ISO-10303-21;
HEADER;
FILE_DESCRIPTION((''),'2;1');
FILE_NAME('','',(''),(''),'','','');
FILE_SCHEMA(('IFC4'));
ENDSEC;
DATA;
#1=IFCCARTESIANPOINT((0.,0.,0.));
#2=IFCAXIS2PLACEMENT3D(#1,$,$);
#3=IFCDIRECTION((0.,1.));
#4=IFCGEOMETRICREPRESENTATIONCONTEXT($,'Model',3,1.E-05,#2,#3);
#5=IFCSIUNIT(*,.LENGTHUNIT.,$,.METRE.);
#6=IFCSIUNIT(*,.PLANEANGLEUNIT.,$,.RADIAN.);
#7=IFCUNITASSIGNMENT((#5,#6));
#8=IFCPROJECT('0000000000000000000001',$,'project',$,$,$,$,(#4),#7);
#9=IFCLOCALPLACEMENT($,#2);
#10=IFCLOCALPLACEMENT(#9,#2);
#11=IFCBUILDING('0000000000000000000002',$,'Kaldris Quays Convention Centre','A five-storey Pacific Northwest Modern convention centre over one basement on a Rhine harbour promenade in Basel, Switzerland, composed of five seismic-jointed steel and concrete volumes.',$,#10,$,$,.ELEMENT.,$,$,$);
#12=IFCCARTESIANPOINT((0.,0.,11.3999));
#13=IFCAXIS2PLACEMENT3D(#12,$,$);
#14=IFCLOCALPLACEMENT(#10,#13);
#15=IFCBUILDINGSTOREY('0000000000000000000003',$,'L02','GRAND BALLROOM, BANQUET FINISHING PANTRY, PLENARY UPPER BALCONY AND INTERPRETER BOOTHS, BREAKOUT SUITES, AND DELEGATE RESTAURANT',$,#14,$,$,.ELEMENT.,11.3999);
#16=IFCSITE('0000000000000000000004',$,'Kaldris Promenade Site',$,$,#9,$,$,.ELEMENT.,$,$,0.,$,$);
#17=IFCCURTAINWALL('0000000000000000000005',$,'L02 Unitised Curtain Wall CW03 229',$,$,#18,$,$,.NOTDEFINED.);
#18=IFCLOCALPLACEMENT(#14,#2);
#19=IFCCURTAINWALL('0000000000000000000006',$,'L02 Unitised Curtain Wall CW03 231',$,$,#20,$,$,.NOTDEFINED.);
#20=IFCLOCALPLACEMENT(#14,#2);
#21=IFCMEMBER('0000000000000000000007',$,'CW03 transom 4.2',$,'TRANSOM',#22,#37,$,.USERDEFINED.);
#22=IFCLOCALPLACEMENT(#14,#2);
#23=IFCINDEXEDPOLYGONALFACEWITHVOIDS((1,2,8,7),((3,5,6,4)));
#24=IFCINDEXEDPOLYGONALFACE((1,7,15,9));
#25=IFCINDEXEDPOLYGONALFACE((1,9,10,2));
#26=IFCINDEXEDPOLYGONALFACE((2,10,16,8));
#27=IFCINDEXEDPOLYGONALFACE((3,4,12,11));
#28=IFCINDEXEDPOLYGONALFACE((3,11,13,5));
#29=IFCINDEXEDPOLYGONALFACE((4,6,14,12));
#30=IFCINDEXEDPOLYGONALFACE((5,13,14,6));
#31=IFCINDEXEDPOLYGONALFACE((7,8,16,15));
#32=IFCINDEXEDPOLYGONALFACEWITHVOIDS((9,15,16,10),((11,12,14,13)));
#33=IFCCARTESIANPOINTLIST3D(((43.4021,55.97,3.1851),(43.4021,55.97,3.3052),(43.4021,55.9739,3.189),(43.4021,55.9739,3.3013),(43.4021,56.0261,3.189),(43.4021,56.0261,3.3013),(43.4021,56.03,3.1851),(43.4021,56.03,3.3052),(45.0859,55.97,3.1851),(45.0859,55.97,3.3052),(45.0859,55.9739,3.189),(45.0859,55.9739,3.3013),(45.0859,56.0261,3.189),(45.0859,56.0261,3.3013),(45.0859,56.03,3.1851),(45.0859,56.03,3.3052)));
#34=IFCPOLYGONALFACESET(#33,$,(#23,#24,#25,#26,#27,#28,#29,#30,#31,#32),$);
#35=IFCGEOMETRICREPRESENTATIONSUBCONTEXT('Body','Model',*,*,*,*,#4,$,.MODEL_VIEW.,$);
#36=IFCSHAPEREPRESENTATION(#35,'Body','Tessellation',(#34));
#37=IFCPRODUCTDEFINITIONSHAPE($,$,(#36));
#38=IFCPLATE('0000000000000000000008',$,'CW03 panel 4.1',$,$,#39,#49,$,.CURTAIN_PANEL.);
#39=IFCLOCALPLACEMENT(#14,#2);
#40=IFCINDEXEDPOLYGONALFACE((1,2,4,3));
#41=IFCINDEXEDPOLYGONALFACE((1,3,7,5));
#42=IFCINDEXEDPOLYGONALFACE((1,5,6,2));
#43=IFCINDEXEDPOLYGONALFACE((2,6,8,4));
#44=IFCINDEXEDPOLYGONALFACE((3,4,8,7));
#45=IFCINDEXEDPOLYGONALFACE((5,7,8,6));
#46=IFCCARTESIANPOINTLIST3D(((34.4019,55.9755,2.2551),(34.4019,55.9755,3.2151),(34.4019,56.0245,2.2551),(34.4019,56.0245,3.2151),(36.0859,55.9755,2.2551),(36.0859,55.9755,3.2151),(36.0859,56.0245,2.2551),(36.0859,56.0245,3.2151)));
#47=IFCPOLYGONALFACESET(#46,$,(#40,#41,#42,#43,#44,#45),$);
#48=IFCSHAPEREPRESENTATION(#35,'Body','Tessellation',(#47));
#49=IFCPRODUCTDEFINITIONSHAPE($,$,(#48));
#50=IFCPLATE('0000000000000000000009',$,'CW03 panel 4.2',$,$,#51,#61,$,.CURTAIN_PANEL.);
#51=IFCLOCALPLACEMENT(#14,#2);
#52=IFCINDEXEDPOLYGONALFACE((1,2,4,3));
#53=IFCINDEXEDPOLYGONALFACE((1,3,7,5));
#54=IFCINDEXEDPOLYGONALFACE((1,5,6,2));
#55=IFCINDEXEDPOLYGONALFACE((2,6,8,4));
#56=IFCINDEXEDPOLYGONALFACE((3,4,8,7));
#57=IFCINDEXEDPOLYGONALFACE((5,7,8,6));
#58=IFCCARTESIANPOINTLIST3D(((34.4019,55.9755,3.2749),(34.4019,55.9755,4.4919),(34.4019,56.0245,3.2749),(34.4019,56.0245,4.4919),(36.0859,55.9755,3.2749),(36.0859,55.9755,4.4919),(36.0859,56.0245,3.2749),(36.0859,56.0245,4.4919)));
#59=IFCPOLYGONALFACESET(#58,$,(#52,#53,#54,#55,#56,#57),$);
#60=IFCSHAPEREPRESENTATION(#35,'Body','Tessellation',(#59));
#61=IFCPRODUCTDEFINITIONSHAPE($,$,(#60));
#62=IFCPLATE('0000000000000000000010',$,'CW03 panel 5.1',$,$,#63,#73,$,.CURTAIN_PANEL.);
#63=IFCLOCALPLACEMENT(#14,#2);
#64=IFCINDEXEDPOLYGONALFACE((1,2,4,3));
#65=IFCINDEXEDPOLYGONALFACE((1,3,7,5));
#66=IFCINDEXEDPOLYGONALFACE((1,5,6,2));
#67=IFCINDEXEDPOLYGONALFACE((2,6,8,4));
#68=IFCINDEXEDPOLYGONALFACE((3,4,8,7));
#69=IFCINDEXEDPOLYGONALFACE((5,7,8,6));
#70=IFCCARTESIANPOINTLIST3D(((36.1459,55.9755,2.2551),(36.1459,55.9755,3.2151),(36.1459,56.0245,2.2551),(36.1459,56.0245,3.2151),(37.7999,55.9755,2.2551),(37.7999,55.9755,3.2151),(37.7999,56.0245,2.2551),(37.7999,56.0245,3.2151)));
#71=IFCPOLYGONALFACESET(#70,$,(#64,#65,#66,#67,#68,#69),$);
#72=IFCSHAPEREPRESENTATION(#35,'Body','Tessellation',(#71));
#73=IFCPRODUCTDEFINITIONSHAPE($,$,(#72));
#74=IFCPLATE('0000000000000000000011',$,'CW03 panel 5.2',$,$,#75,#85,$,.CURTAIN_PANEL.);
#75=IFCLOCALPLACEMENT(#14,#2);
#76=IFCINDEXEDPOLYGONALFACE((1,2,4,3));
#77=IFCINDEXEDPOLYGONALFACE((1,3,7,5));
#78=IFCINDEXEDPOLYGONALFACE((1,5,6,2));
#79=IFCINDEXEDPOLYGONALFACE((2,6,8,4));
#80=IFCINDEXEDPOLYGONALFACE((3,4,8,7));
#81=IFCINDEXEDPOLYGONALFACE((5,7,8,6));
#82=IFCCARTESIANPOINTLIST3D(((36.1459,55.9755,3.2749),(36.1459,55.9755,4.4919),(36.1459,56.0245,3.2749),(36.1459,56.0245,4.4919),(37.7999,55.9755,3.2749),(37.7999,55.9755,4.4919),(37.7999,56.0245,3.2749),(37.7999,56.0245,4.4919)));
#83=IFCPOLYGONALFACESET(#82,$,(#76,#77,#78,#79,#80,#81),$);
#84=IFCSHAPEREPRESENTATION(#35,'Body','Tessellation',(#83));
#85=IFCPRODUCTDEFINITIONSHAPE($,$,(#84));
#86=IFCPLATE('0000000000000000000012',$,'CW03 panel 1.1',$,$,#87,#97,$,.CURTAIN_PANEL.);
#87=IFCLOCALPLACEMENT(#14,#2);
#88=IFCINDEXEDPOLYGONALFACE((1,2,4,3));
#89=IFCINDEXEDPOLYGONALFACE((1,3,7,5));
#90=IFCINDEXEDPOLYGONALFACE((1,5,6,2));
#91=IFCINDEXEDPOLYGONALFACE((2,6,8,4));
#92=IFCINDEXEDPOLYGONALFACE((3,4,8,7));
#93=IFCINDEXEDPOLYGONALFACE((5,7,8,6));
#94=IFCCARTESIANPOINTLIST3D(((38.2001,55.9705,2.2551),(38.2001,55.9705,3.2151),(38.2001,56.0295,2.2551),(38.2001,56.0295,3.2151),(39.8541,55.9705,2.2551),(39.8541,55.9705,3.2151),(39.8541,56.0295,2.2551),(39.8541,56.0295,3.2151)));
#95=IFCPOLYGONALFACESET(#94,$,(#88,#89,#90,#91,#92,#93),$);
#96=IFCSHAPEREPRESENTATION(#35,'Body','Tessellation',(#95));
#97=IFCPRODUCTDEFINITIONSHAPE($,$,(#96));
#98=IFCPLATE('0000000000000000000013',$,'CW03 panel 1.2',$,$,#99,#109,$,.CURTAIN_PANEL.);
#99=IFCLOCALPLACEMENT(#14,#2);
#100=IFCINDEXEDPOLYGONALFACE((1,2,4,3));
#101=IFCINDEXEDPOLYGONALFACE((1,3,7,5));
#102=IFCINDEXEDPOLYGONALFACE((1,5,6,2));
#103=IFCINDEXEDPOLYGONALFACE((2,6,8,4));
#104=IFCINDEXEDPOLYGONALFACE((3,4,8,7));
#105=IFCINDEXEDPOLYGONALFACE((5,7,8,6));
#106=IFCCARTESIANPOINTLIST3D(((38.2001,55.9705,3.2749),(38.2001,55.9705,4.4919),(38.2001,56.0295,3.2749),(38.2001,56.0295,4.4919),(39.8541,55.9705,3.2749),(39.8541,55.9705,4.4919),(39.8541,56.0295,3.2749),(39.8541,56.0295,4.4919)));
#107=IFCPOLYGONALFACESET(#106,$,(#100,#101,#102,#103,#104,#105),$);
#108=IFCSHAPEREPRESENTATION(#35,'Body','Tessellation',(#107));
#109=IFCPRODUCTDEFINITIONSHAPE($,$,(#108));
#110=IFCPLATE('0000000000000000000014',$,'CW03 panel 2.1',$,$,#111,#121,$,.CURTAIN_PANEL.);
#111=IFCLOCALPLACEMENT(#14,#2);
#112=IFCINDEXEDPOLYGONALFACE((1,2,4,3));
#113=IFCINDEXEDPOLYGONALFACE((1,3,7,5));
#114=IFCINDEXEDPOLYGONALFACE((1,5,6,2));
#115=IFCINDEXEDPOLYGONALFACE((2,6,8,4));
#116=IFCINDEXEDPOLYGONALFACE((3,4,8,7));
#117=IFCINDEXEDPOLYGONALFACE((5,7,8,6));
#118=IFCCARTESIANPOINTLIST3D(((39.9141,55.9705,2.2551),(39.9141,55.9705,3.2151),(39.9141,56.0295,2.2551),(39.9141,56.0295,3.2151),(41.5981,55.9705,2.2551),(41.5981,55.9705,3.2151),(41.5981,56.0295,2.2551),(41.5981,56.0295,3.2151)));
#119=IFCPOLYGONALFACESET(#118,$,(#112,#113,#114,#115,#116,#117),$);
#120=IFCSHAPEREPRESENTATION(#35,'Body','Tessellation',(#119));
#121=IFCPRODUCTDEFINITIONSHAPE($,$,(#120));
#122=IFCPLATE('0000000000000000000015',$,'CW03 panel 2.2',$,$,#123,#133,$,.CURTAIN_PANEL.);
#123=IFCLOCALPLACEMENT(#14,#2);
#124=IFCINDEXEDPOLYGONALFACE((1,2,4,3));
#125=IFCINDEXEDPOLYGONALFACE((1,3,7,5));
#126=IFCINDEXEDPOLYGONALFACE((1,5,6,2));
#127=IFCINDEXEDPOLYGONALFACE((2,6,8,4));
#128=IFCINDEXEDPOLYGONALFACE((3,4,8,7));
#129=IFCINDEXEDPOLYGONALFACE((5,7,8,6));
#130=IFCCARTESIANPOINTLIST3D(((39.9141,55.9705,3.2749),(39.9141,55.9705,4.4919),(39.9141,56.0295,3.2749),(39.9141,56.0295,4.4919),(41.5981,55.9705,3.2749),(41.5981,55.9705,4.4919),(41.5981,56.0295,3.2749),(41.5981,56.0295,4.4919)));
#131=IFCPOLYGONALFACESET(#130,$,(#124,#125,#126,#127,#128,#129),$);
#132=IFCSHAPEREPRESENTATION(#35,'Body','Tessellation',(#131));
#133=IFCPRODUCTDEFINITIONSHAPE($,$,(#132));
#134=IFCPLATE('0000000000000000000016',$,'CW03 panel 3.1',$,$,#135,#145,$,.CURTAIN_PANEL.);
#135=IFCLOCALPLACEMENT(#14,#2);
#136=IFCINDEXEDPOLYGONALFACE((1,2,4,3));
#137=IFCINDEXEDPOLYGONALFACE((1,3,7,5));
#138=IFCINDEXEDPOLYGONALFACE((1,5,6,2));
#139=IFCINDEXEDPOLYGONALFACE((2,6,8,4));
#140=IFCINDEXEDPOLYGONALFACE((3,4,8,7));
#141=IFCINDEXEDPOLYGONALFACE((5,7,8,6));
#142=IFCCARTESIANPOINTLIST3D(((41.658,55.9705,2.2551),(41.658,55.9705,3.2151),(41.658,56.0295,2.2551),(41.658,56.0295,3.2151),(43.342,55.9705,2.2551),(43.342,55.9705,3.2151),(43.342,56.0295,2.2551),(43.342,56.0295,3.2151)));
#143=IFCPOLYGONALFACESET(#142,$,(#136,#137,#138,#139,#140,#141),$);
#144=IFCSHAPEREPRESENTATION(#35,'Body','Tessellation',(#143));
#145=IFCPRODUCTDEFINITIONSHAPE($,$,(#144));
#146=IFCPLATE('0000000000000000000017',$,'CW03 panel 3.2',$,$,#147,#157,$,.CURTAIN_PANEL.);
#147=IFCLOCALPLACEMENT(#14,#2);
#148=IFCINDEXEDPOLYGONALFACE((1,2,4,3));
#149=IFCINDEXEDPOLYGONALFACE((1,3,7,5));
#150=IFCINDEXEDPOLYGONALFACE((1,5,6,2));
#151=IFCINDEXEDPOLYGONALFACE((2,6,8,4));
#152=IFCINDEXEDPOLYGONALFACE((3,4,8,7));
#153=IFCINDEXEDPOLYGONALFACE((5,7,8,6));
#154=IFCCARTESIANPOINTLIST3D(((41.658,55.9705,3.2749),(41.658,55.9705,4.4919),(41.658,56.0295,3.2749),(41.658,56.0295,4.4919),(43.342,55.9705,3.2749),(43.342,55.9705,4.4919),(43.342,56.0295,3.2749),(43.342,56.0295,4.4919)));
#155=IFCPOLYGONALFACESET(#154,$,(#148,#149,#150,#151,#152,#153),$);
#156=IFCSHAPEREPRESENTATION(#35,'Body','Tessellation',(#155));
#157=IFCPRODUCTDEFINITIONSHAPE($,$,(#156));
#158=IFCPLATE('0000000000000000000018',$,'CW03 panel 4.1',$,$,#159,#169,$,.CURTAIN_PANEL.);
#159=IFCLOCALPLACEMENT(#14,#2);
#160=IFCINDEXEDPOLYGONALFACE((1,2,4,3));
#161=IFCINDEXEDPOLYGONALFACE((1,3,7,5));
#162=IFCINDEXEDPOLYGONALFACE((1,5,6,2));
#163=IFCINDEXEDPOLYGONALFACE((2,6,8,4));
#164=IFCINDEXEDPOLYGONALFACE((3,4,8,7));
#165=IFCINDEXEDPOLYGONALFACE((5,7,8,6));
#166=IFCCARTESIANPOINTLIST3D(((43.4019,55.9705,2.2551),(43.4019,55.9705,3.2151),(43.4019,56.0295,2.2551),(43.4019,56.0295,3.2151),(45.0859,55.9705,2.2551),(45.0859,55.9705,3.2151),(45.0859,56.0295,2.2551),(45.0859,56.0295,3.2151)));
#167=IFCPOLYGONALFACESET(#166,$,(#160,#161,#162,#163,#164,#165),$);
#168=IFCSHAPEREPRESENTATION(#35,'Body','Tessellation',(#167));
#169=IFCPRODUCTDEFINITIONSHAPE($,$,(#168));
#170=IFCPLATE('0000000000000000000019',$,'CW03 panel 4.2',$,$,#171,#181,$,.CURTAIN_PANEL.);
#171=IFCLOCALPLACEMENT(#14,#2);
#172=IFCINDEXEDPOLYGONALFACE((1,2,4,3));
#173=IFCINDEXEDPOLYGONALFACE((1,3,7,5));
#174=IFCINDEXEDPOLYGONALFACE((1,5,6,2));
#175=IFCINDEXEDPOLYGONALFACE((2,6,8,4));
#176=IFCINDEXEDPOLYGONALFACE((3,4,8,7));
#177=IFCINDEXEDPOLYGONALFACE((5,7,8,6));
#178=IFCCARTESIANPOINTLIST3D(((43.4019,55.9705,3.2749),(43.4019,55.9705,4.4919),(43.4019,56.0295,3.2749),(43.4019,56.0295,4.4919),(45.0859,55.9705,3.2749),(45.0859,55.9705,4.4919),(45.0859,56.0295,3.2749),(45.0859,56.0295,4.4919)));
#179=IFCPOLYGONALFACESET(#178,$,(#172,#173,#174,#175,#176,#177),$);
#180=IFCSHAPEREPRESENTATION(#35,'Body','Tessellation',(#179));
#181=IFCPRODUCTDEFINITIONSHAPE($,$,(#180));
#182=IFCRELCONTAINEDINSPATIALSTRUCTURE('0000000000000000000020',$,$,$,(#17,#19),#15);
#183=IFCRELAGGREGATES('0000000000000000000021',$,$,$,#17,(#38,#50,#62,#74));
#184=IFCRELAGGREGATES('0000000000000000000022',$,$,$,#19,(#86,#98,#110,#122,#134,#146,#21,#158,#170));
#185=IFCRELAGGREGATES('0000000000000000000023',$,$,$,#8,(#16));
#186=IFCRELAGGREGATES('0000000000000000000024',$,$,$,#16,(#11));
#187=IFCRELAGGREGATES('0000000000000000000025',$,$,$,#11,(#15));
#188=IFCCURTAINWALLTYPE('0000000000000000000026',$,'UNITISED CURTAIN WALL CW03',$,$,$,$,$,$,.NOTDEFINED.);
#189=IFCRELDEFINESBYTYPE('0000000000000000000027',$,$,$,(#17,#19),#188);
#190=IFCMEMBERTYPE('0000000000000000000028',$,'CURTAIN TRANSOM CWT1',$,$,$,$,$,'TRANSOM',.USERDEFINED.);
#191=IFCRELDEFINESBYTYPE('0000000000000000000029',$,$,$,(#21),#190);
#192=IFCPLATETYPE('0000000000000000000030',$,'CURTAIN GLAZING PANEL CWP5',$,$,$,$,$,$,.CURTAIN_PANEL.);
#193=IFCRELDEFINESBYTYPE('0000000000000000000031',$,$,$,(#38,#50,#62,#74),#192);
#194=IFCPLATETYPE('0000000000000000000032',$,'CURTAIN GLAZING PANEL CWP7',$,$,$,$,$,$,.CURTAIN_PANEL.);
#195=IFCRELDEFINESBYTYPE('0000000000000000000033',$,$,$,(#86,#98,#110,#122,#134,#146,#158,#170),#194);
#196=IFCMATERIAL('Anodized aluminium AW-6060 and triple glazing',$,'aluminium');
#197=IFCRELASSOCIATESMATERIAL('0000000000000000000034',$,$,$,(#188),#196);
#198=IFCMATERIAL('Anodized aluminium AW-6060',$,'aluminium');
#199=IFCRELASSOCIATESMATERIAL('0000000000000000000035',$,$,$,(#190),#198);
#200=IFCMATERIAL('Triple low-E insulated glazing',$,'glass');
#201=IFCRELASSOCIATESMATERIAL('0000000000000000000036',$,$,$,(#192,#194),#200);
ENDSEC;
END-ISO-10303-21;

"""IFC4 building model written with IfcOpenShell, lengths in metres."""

from ifc_helpers import new_model, si_unit, direction, frame, origin, origin_2d, place, context, subcontext, project, spatial, rectangle, hollow_rectangle, extrude, material, material_profile, profile_set, type_object, element, aggregate, save


model = new_model("IFC4")

# Units and contexts
model_context = context("Model", 3, precision=1e-05, world=origin(), true_north=direction((0.0, 1.0)))
body_context = subcontext(model_context, "Body", "Model", "MODEL_VIEW")
ifc_project = project(units=[si_unit("LENGTHUNIT", "METRE"), si_unit("PLANEANGLEUNIT", "RADIAN")], contexts=[model_context])

# Site, building, storey
site_placement = place(None, origin())
site = spatial("IfcSite", under=ifc_project, at=site_placement, Name="Kaldris Promenade Site", CompositionType="ELEMENT", RefElevation=0.0)
building_placement = place(site_placement, origin())
building = spatial("IfcBuilding", under=site, at=building_placement, Name="Kaldris Quays Convention Centre", Description="A five-storey Pacific Northwest Modern convention centre over one basement on a Rhine harbour promenade in Basel, Switzerland, composed of five seismic-jointed steel and concrete volumes.", CompositionType="ELEMENT")
storey_placement = place(building_placement, frame((0.0, 0.0, 11.3999)))
storey = spatial("IfcBuildingStorey", under=building, at=storey_placement, Name="L02", Description="GRAND BALLROOM, BANQUET FINISHING PANTRY, PLENARY UPPER BALCONY AND INTERPRETER BOOTHS, BREAKOUT SUITES, AND DELEGATE RESTAURANT", CompositionType="ELEMENT", Elevation=11.3999)

# Curtain walls
ifc_material_1 = material(Name="Anodized aluminium AW-6060 and triple glazing", Category="aluminium")
curtain_wall_type = type_object("IfcCurtainWallType", Name="UNITISED CURTAIN WALL CW03", PredefinedType="NOTDEFINED", material=ifc_material_1)
curtain_wall_1_placement = place(storey_placement, origin())
curtain_wall_1 = element("IfcCurtainWall", 1, at=curtain_wall_1_placement, inside=storey, type_object=curtain_wall_type, Name="L02 Unitised Curtain Wall CW03 229", PredefinedType="NOTDEFINED")
ifc_material_2 = material(Name="Anodized aluminium AW-6060", Category="aluminium")
curtain_wall_2_placement = place(storey_placement, origin())
curtain_wall_2 = element("IfcCurtainWall", 2, at=curtain_wall_2_placement, inside=storey, type_object=curtain_wall_type, Name="L02 Unitised Curtain Wall CW03 231", PredefinedType="NOTDEFINED")

# Member
ifc_material_profile_1 = material_profile(ifc_material_2, hollow_rectangle(XDim=0.0601, YDim=0.1201, WallThickness=0.0039, at=origin_2d()), Name="RHS 120x60x4")
ifc_profile_set_1 = profile_set([ifc_material_profile_1], Name="Anodized aluminium AW-6060")
member_type_1 = type_object("IfcMemberType", Name="CURTAIN TRANSOM CWT1", ElementType="TRANSOM", PredefinedType="USERDEFINED", material=ifc_profile_set_1)
member_1_placement = place(storey_placement, frame((43.4021, 56.0, 3.2451), z_axis=(1.0, 0.0, 0.0), x_axis=(0.0, 1.0, 0.0)))
member_1 = element("IfcMember", 3, at=member_1_placement, type_object=member_type_1, Name="CW03 transom 4.2", ObjectType="TRANSOM", PredefinedType="USERDEFINED", context=body_context, shape_type="SweptSolid", body=[
    extrude(hollow_rectangle(XDim=0.0601, YDim=0.1201, WallThickness=0.0039, at=origin_2d()), origin(), (0.0, 0.0, 1.0), 1.6838),
])

# Plates
ifc_material_3 = material(Name="Triple low-E insulated glazing", Category="glass")
plate_type_1 = type_object("IfcPlateType", Name="CURTAIN GLAZING PANEL CWP5", PredefinedType="CURTAIN_PANEL", material=ifc_material_3)
plate_1_placement = place(storey_placement, frame((35.2439, 56.0, 2.2551), z_axis=(0.0, 0.0, 1.0), x_axis=(1.0, 0.0, 0.0)))
plate_1 = element("IfcPlate", 4, at=plate_1_placement, type_object=plate_type_1, Name="CW03 panel 4.1", PredefinedType="CURTAIN_PANEL", context=body_context, shape_type="SweptSolid", body=[
    extrude(rectangle(XDim=1.6841, YDim=0.0491, at=origin_2d()), origin(), (0.0, 0.0, 1.0), 0.96),
])
plate_2_placement = place(storey_placement, frame((35.2439, 56.0, 3.2749), z_axis=(0.0, 0.0, 1.0), x_axis=(1.0, 0.0, 0.0)))
plate_2 = element("IfcPlate", 5, at=plate_2_placement, type_object=plate_type_1, Name="CW03 panel 4.2", PredefinedType="CURTAIN_PANEL", context=body_context, shape_type="SweptSolid", body=[
    extrude(rectangle(XDim=1.6841, YDim=0.0491, at=origin_2d()), origin(), (0.0, 0.0, 1.0), 1.217),
])
plate_3_placement = place(storey_placement, frame((36.9729, 56.0, 2.2551), z_axis=(0.0, 0.0, 1.0), x_axis=(1.0, 0.0, 0.0)))
plate_3 = element("IfcPlate", 6, at=plate_3_placement, type_object=plate_type_1, Name="CW03 panel 5.1", PredefinedType="CURTAIN_PANEL", context=body_context, shape_type="SweptSolid", body=[
    extrude(rectangle(XDim=1.6541, YDim=0.0491, at=origin_2d()), origin(), (0.0, 0.0, 1.0), 0.96),
])
plate_4_placement = place(storey_placement, frame((36.9729, 56.0, 3.2749), z_axis=(0.0, 0.0, 1.0), x_axis=(1.0, 0.0, 0.0)))
plate_4 = element("IfcPlate", 7, at=plate_4_placement, type_object=plate_type_1, Name="CW03 panel 5.2", PredefinedType="CURTAIN_PANEL", context=body_context, shape_type="SweptSolid", body=[
    extrude(rectangle(XDim=1.6541, YDim=0.0491, at=origin_2d()), origin(), (0.0, 0.0, 1.0), 1.217),
])
aggregate(curtain_wall_1, [plate_1, plate_2, plate_3, plate_4])
plate_type_2 = type_object("IfcPlateType", Name="CURTAIN GLAZING PANEL CWP7", PredefinedType="CURTAIN_PANEL", material=ifc_material_3)
plate_5_placement = place(storey_placement, frame((39.0271, 56.0, 2.2551), z_axis=(0.0, 0.0, 1.0), x_axis=(1.0, 0.0, 0.0)))
plate_5 = element("IfcPlate", 8, at=plate_5_placement, type_object=plate_type_2, Name="CW03 panel 1.1", PredefinedType="CURTAIN_PANEL", context=body_context, shape_type="SweptSolid", body=[
    extrude(rectangle(XDim=1.6541, YDim=0.0591, at=origin_2d()), origin(), (0.0, 0.0, 1.0), 0.96),
])
plate_6_placement = place(storey_placement, frame((39.0271, 56.0, 3.2749), z_axis=(0.0, 0.0, 1.0), x_axis=(1.0, 0.0, 0.0)))
plate_6 = element("IfcPlate", 9, at=plate_6_placement, type_object=plate_type_2, Name="CW03 panel 1.2", PredefinedType="CURTAIN_PANEL", context=body_context, shape_type="SweptSolid", body=[
    extrude(rectangle(XDim=1.6541, YDim=0.0591, at=origin_2d()), origin(), (0.0, 0.0, 1.0), 1.217),
])
plate_7_placement = place(storey_placement, frame((40.7561, 56.0, 2.2551), z_axis=(0.0, 0.0, 1.0), x_axis=(1.0, 0.0, 0.0)))
plate_7 = element("IfcPlate", 10, at=plate_7_placement, type_object=plate_type_2, Name="CW03 panel 2.1", PredefinedType="CURTAIN_PANEL", context=body_context, shape_type="SweptSolid", body=[
    extrude(rectangle(XDim=1.6841, YDim=0.0591, at=origin_2d()), origin(), (0.0, 0.0, 1.0), 0.96),
])
plate_8_placement = place(storey_placement, frame((40.7561, 56.0, 3.2749), z_axis=(0.0, 0.0, 1.0), x_axis=(1.0, 0.0, 0.0)))
plate_8 = element("IfcPlate", 11, at=plate_8_placement, type_object=plate_type_2, Name="CW03 panel 2.2", PredefinedType="CURTAIN_PANEL", context=body_context, shape_type="SweptSolid", body=[
    extrude(rectangle(XDim=1.6841, YDim=0.0591, at=origin_2d()), origin(), (0.0, 0.0, 1.0), 1.217),
])
plate_9_placement = place(storey_placement, frame((42.5, 56.0, 2.2551), z_axis=(0.0, 0.0, 1.0), x_axis=(1.0, 0.0, 0.0)))
plate_9 = element("IfcPlate", 12, at=plate_9_placement, type_object=plate_type_2, Name="CW03 panel 3.1", PredefinedType="CURTAIN_PANEL", context=body_context, shape_type="SweptSolid", body=[
    extrude(rectangle(XDim=1.6841, YDim=0.0591, at=origin_2d()), origin(), (0.0, 0.0, 1.0), 0.96),
])
plate_10_placement = place(storey_placement, frame((42.5, 56.0, 3.2749), z_axis=(0.0, 0.0, 1.0), x_axis=(1.0, 0.0, 0.0)))
plate_10 = element("IfcPlate", 13, at=plate_10_placement, type_object=plate_type_2, Name="CW03 panel 3.2", PredefinedType="CURTAIN_PANEL", context=body_context, shape_type="SweptSolid", body=[
    extrude(rectangle(XDim=1.6841, YDim=0.0591, at=origin_2d()), origin(), (0.0, 0.0, 1.0), 1.217),
])
plate_11_placement = place(storey_placement, frame((44.2439, 56.0, 2.2551), z_axis=(0.0, 0.0, 1.0), x_axis=(1.0, 0.0, 0.0)))
plate_11 = element("IfcPlate", 14, at=plate_11_placement, type_object=plate_type_2, Name="CW03 panel 4.1", PredefinedType="CURTAIN_PANEL", context=body_context, shape_type="SweptSolid", body=[
    extrude(rectangle(XDim=1.6841, YDim=0.0591, at=origin_2d()), origin(), (0.0, 0.0, 1.0), 0.96),
])
plate_12_placement = place(storey_placement, frame((44.2439, 56.0, 3.2749), z_axis=(0.0, 0.0, 1.0), x_axis=(1.0, 0.0, 0.0)))
plate_12 = element("IfcPlate", 15, at=plate_12_placement, type_object=plate_type_2, Name="CW03 panel 4.2", PredefinedType="CURTAIN_PANEL", context=body_context, shape_type="SweptSolid", body=[
    extrude(rectangle(XDim=1.6841, YDim=0.0591, at=origin_2d()), origin(), (0.0, 0.0, 1.0), 1.217),
])
aggregate(curtain_wall_2, [plate_5, plate_6, plate_7, plate_8, plate_9, plate_10, member_1, plate_11, plate_12])

save(model, "model.ifc")
